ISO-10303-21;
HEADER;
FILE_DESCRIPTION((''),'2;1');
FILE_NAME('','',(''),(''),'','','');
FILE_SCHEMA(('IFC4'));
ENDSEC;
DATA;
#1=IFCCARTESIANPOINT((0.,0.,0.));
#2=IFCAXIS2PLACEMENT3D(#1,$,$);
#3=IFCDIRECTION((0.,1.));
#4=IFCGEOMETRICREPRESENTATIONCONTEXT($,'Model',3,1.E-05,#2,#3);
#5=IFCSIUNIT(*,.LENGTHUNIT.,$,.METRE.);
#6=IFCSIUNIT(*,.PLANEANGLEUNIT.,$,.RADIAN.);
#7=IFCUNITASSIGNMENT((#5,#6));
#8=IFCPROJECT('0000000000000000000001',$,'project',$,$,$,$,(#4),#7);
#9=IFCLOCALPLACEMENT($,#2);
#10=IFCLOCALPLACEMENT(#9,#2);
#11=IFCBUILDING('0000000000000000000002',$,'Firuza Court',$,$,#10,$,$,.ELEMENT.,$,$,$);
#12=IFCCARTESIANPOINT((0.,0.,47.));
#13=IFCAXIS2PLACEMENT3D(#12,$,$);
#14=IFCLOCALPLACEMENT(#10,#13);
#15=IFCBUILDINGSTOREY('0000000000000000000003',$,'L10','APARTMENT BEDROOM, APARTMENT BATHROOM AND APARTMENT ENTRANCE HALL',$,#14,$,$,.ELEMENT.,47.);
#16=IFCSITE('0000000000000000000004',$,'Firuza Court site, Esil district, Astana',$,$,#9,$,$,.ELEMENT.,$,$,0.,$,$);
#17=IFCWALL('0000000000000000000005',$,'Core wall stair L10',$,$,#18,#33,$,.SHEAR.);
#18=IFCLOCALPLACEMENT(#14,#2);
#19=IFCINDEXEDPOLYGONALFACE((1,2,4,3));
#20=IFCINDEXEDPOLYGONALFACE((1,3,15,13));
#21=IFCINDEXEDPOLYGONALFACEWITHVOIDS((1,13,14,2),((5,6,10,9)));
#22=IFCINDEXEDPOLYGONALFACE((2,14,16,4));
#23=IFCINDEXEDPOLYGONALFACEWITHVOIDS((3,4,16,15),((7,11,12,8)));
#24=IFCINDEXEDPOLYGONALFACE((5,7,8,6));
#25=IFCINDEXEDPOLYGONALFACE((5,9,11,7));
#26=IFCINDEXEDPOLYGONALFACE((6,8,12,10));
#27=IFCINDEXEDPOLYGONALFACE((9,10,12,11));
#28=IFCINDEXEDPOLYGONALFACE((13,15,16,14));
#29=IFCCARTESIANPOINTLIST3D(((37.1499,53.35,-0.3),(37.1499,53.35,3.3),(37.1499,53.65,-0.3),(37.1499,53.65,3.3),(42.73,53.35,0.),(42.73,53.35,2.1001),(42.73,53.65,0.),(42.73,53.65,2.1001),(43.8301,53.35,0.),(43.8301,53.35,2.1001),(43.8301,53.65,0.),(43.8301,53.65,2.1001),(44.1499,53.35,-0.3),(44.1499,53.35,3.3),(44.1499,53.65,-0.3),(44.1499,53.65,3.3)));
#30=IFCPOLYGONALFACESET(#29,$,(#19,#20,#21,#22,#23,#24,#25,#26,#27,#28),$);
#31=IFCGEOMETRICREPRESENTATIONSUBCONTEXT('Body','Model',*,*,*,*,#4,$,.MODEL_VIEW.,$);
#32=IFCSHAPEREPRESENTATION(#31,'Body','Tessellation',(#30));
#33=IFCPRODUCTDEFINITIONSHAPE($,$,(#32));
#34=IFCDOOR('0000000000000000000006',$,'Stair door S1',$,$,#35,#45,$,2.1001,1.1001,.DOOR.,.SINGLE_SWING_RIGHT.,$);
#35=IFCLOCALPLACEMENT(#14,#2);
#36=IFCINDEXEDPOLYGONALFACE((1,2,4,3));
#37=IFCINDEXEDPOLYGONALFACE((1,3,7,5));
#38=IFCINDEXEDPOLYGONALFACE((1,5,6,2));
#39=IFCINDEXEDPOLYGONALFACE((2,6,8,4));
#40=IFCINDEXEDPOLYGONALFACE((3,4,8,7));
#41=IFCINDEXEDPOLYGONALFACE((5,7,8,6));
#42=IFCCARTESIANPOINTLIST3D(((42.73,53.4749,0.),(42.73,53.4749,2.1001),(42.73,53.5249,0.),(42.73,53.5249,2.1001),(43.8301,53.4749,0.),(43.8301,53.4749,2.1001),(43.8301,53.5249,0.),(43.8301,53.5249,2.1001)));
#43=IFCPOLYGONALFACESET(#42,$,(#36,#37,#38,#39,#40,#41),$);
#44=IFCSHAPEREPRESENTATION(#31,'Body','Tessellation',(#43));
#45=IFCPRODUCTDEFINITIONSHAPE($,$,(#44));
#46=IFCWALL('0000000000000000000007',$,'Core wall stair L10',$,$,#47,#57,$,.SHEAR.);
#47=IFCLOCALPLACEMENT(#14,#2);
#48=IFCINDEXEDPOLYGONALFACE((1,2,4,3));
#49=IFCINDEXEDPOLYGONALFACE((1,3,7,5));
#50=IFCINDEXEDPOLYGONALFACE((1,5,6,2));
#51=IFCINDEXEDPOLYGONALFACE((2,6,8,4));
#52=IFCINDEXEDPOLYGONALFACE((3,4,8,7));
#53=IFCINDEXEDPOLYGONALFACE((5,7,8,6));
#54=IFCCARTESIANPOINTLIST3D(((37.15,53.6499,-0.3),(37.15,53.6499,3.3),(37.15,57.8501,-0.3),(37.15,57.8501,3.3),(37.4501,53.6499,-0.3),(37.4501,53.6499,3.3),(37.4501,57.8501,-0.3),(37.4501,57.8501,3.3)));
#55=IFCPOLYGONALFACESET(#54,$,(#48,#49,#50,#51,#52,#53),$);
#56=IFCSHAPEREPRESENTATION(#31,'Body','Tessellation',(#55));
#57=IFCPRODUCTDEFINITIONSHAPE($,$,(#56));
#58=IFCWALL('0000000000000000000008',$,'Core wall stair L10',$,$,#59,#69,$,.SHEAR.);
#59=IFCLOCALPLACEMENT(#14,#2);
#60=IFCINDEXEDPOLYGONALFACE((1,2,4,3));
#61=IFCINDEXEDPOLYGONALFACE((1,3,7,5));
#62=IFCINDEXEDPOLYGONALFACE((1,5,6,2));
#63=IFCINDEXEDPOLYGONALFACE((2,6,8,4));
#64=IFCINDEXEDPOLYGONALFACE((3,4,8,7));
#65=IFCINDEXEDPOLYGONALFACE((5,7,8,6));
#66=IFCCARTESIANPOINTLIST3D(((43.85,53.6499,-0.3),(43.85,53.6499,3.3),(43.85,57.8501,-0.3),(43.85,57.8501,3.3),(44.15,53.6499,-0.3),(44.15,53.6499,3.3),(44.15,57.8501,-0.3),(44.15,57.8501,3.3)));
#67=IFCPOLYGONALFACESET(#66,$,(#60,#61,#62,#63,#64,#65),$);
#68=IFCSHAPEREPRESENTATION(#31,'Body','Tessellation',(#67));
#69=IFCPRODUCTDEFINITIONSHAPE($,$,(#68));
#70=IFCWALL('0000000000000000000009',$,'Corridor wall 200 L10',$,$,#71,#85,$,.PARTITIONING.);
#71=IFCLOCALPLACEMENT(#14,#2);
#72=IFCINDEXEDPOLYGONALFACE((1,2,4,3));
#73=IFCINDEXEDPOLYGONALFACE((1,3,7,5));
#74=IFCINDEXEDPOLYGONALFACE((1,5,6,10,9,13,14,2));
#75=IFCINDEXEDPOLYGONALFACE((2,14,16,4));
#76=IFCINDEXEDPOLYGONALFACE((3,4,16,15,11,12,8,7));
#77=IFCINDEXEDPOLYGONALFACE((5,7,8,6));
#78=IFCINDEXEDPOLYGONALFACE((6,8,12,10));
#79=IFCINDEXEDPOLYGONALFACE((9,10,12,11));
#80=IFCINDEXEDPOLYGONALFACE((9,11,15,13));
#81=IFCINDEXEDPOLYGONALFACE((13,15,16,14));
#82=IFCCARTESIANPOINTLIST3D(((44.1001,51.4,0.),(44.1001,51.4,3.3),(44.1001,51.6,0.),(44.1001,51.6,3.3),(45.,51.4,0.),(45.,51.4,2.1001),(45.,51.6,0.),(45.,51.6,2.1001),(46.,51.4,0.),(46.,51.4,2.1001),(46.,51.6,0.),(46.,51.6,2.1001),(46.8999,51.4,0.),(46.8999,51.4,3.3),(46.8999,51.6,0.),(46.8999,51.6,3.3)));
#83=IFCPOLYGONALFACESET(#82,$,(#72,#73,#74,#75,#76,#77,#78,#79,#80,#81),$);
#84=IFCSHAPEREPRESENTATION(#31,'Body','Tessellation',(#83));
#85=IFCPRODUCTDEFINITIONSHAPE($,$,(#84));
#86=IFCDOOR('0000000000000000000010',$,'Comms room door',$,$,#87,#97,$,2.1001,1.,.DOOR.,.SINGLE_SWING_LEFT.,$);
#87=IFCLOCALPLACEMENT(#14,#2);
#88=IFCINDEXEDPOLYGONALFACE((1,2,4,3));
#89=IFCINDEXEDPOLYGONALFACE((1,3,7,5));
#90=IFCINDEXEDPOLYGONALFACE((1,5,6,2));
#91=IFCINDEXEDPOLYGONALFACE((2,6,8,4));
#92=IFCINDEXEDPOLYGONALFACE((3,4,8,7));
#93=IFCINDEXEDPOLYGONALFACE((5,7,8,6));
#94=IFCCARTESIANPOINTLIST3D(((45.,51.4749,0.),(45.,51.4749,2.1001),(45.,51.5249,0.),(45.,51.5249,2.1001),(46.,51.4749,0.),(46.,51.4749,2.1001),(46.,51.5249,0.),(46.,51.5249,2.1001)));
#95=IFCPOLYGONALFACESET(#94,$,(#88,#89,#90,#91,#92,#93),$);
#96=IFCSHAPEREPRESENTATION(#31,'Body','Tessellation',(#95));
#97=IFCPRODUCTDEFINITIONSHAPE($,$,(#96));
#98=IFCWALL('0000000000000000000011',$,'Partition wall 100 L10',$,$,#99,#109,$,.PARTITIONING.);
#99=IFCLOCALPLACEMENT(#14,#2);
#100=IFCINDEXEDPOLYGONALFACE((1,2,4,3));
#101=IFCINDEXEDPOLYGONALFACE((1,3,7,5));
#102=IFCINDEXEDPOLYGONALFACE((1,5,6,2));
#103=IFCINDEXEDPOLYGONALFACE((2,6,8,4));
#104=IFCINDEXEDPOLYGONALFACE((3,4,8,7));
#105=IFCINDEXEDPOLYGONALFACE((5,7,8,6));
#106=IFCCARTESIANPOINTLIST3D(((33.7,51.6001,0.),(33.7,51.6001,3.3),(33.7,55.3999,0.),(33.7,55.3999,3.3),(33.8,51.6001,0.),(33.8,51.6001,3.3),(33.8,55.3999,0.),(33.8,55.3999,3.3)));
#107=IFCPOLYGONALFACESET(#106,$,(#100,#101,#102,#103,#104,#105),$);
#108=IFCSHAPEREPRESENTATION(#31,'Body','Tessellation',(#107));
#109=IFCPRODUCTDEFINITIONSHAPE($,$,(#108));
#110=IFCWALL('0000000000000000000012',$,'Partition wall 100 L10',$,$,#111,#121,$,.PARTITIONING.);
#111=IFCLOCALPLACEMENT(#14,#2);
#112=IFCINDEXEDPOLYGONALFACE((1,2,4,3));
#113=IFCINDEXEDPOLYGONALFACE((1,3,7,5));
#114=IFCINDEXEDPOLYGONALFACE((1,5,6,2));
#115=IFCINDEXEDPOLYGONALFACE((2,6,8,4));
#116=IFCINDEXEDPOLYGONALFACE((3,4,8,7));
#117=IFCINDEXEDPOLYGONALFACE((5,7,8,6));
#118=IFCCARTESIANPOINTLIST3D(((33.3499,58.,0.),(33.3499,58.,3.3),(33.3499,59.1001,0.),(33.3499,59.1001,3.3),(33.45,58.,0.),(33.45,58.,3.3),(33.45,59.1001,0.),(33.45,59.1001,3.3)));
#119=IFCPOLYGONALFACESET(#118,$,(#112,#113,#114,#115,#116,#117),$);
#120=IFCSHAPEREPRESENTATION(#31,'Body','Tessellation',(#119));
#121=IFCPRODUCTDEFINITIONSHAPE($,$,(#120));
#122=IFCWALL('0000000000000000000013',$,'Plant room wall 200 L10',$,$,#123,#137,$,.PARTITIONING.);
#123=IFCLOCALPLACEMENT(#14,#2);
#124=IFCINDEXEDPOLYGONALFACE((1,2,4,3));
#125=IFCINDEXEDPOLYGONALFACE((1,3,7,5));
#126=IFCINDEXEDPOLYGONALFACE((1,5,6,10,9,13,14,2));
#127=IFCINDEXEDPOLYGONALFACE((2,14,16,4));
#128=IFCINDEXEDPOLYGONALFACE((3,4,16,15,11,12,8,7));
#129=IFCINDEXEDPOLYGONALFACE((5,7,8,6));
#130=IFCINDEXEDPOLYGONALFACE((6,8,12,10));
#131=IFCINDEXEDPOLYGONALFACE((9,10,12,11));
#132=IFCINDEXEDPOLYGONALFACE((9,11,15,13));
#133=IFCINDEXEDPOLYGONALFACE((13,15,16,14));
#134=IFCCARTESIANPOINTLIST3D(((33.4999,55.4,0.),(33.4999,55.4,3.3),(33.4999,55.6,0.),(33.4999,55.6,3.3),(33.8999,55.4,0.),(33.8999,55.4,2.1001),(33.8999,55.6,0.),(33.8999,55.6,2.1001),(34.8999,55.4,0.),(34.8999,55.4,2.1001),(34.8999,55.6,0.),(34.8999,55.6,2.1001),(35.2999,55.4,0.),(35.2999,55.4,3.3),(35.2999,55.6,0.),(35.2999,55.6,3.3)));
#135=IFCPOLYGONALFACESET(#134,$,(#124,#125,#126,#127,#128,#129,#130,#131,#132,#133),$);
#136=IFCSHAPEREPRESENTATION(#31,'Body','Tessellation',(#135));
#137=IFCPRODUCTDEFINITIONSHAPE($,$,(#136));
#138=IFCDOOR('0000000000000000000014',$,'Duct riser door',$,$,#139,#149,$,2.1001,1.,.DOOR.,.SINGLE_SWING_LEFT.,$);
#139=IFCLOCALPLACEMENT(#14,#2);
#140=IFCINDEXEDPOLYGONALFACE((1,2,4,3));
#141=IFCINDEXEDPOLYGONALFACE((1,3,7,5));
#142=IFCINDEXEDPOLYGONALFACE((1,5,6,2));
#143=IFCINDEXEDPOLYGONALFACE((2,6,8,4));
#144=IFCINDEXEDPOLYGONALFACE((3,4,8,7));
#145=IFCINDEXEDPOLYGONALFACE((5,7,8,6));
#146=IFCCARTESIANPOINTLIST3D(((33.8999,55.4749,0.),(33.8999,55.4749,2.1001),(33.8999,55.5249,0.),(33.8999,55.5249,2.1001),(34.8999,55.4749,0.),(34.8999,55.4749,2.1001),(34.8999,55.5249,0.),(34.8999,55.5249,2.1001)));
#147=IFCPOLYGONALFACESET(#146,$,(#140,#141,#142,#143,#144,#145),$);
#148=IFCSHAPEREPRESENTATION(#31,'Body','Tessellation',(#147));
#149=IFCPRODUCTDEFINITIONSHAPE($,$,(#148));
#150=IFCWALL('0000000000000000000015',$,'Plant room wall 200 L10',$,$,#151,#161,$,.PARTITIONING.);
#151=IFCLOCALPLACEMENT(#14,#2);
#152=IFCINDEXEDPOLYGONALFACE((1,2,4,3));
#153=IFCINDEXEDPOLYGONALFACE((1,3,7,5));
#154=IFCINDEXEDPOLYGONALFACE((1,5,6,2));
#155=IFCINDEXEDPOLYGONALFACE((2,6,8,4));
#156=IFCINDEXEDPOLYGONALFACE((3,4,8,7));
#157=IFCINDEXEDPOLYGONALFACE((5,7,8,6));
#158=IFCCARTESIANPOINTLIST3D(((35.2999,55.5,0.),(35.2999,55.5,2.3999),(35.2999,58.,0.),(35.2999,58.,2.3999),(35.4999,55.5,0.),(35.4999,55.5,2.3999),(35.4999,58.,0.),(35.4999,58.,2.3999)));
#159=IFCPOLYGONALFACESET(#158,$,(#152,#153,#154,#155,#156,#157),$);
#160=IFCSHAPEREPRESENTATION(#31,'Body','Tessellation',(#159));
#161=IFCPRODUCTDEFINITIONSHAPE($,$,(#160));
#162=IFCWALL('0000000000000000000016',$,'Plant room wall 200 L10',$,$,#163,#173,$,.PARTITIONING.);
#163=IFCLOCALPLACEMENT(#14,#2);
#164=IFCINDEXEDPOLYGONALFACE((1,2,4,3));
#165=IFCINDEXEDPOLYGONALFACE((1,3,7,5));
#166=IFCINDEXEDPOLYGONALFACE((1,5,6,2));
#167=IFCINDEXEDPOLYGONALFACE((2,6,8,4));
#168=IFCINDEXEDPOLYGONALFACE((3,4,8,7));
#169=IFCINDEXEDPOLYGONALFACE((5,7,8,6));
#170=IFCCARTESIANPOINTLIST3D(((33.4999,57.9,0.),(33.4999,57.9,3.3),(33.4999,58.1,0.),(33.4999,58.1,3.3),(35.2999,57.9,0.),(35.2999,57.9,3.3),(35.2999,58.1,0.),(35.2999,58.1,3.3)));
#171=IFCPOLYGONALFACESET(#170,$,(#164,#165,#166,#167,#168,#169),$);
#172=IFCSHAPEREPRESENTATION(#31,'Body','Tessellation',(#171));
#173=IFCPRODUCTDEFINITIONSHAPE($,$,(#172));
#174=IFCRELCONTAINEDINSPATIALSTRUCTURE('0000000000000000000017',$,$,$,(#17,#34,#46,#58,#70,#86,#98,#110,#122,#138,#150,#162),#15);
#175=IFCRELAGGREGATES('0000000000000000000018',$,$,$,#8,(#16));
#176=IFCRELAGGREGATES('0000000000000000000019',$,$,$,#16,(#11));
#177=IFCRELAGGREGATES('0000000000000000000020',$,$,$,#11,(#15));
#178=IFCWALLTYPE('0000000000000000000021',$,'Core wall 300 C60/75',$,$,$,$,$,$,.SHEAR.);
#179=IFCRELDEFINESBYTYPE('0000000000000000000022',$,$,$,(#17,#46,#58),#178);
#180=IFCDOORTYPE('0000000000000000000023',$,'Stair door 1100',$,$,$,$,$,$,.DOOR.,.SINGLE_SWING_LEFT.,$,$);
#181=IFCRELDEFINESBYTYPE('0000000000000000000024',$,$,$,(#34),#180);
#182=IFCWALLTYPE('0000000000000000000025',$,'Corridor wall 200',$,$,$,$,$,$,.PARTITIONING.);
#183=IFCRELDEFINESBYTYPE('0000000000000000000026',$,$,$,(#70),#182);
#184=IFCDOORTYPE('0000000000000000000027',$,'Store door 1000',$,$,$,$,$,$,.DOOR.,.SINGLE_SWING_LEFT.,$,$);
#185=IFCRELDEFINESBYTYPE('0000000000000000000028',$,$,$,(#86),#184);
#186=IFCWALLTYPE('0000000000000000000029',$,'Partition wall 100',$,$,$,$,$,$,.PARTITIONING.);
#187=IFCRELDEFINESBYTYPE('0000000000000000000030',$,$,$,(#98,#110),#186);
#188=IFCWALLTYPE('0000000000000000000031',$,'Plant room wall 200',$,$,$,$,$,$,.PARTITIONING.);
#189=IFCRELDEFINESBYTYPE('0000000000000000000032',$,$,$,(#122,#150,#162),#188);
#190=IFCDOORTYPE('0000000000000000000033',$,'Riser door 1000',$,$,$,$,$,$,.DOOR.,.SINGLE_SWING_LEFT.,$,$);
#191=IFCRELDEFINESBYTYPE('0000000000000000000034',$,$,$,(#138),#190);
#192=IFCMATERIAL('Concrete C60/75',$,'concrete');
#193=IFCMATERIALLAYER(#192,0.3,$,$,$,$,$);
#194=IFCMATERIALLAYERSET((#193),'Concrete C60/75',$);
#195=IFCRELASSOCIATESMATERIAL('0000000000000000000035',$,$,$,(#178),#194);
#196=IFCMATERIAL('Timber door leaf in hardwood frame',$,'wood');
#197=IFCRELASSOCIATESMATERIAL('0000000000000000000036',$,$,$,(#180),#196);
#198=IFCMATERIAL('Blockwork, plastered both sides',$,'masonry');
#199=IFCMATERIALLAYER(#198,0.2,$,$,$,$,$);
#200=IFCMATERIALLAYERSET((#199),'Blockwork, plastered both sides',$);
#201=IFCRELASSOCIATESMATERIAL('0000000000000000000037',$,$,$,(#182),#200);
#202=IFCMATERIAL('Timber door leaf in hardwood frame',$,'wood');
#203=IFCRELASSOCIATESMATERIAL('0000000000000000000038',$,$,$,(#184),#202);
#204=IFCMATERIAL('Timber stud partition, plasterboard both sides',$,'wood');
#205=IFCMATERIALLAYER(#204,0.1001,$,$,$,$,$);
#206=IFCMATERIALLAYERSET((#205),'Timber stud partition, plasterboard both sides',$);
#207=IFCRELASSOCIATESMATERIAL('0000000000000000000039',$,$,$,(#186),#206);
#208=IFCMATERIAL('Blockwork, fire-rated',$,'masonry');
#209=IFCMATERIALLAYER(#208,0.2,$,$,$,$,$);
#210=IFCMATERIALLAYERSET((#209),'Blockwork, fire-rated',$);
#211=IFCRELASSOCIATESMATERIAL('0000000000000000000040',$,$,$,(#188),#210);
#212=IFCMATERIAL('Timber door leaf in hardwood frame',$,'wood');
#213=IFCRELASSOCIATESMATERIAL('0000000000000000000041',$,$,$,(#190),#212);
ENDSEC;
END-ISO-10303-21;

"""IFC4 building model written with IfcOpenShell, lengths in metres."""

from ifc_helpers import new_model, si_unit, direction, frame, frame_2d, origin, place, context, subcontext, project, spatial, rectangle, extrude, material, layer, layer_set, type_object, element, fill, save


model = new_model("IFC4")

# Units and contexts
model_context = context("Model", 3, precision=1e-05, world=origin(), true_north=direction((0.0, 1.0)))
body_context = subcontext(model_context, "Body", "Model", "MODEL_VIEW")
ifc_project = project(units=[si_unit("LENGTHUNIT", "METRE"), si_unit("PLANEANGLEUNIT", "RADIAN")], contexts=[model_context])

# Site, building, storey
site_placement = place(None, origin())
site = spatial("IfcSite", under=ifc_project, at=site_placement, Name="Firuza Court site, Esil district, Astana", CompositionType="ELEMENT", RefElevation=0.0)
building_placement = place(site_placement, origin())
building = spatial("IfcBuilding", under=site, at=building_placement, Name="Firuza Court", CompositionType="ELEMENT")
storey_placement = place(building_placement, frame((0.0, 0.0, 47.0)))
storey = spatial("IfcBuildingStorey", under=building, at=storey_placement, Name="L10", Description="APARTMENT BEDROOM, APARTMENT BATHROOM AND APARTMENT ENTRANCE HALL", CompositionType="ELEMENT", Elevation=47.0)

# Shared definitions
ifc_material_1 = material(Name="Concrete C60/75", Category="concrete")
ifc_layer_1 = layer(ifc_material_1, 0.3)
ifc_layer_set_1 = layer_set([ifc_layer_1], Name="Concrete C60/75")
wall_type_1 = type_object("IfcWallType", Name="Core wall 300 C60/75", PredefinedType="SHEAR", material=ifc_layer_set_1)

# Wall, opening, door
wall_1_placement = place(storey_placement, frame((37.1499, 53.5, -0.3), z_axis=(0.0, 0.0, 1.0), x_axis=(1.0, 0.0, 0.0)))
wall_1 = element("IfcWall", 1, at=wall_1_placement, inside=storey, type_object=wall_type_1, Name="Core wall stair L10", PredefinedType="SHEAR", context=body_context, shape_type="SweptSolid", body=[
    extrude(rectangle(XDim=7.0, YDim=0.3, at=frame_2d((3.5, 0.0))), origin(), (0.0, 0.0, 1.0), 3.6001),
])
opening_1_placement = place(wall_1_placement, frame((5.5801, 0.0, 0.3)))
opening_1 = element("IfcOpeningElement", 2, at=opening_1_placement, cuts=wall_1, PredefinedType="OPENING", context=body_context, shape_type="SweptSolid", body=[
    extrude(rectangle(XDim=1.1001, YDim=2.1001, at=frame_2d((0.55, 1.05))), frame((0.0, 0.1621, 0.0), z_axis=(0.0, -1.0, 0.0), x_axis=(1.0, 0.0, 0.0)), (0.0, 0.0, 1.0), 0.324),
])
ifc_material_2 = material(Name="Timber door leaf in hardwood frame", Category="wood")
door_type_1 = type_object("IfcDoorType", Name="Stair door 1100", OperationType="SINGLE_SWING_LEFT", PredefinedType="DOOR", material=ifc_material_2)
door_1_placement = place(opening_1_placement, origin())
door_1 = element("IfcDoor", 3, at=door_1_placement, inside=storey, type_object=door_type_1, Name="Stair door S1", OperationType="SINGLE_SWING_RIGHT", OverallHeight=2.1001, OverallWidth=1.1001, PredefinedType="DOOR", context=body_context, shape_type="SweptSolid", body=[
    extrude(rectangle(XDim=1.1001, YDim=2.1001, at=frame_2d((0.55, 1.05))), frame((0.0, 0.0249, 0.0), z_axis=(0.0, -1.0, 0.0), x_axis=(1.0, 0.0, 0.0)), (0.0, 0.0, 1.0), 0.05),
])
fill(opening_1, door_1)

# Walls
for number, where, z_axis, x_axis, name in (
    (4, (37.3, 53.6499, -0.3), (0.0, 0.0, 1.0), (0.0, 1.0, 0.0), "Core wall stair L10"),
    (5, (44.0, 53.6499, -0.3), (0.0, 0.0, 1.0), (0.0, 1.0, 0.0), "Core wall stair L10"),
):
    element("IfcWall", number, at=place(storey_placement, frame(where, z_axis=z_axis, x_axis=x_axis)), inside=storey, type_object=wall_type_1, Name=name, PredefinedType="SHEAR", context=body_context, shape_type="SweptSolid", body=[
        extrude(rectangle(XDim=4.2002, YDim=0.3, at=frame_2d((2.1001, 0.0))), origin(), (0.0, 0.0, 1.0), 3.6001),
    ])

# Wall, opening, door
ifc_material_3 = material(Name="Blockwork, plastered both sides", Category="masonry")
ifc_layer_2 = layer(ifc_material_3, 0.2)
ifc_layer_set_2 = layer_set([ifc_layer_2], Name="Blockwork, plastered both sides")
wall_type_2 = type_object("IfcWallType", Name="Corridor wall 200", PredefinedType="PARTITIONING", material=ifc_layer_set_2)
wall_2_placement = place(storey_placement, frame((44.1001, 51.5, 0.0), z_axis=(0.0, 0.0, 1.0), x_axis=(1.0, 0.0, 0.0)))
wall_2 = element("IfcWall", 6, at=wall_2_placement, inside=storey, type_object=wall_type_2, Name="Corridor wall 200 L10", PredefinedType="PARTITIONING", context=body_context, shape_type="SweptSolid", body=[
    extrude(rectangle(XDim=2.7998, YDim=0.2, at=frame_2d((1.3999, 0.0))), origin(), (0.0, 0.0, 1.0), 3.3),
])
opening_2_placement = place(wall_2_placement, frame((0.8999, 0.0, 0.0)))
opening_2 = element("IfcOpeningElement", 7, at=opening_2_placement, cuts=wall_2, PredefinedType="OPENING", context=body_context, shape_type="SweptSolid", body=[
    extrude(rectangle(XDim=1.0, YDim=2.1001, at=frame_2d((0.5, 1.05))), frame((0.0, 0.1118, 0.0), z_axis=(0.0, -1.0, 0.0), x_axis=(1.0, 0.0, 0.0)), (0.0, 0.0, 1.0), 0.2239),
])
ifc_material_4 = material(Name="Timber door leaf in hardwood frame", Category="wood")
door_type_2 = type_object("IfcDoorType", Name="Store door 1000", OperationType="SINGLE_SWING_LEFT", PredefinedType="DOOR", material=ifc_material_4)
door_2_placement = place(opening_2_placement, origin())
door_2 = element("IfcDoor", 8, at=door_2_placement, inside=storey, type_object=door_type_2, Name="Comms room door", OperationType="SINGLE_SWING_LEFT", OverallHeight=2.1001, OverallWidth=1.0, PredefinedType="DOOR", context=body_context, shape_type="SweptSolid", body=[
    extrude(rectangle(XDim=1.0, YDim=2.1001, at=frame_2d((0.5, 1.05))), frame((0.0, 0.0249, 0.0), z_axis=(0.0, -1.0, 0.0), x_axis=(1.0, 0.0, 0.0)), (0.0, 0.0, 1.0), 0.05),
])
fill(opening_2, door_2)

# Walls
ifc_material_5 = material(Name="Timber stud partition, plasterboard both sides", Category="wood")
ifc_layer_3 = layer(ifc_material_5, 0.1001)
ifc_layer_set_3 = layer_set([ifc_layer_3], Name="Timber stud partition, plasterboard both sides")
wall_type_3 = type_object("IfcWallType", Name="Partition wall 100", PredefinedType="PARTITIONING", material=ifc_layer_set_3)
wall_3_placement = place(storey_placement, frame((33.75, 51.6001, 0.0), z_axis=(0.0, 0.0, 1.0), x_axis=(0.0, 1.0, 0.0)))
element("IfcWall", 9, at=wall_3_placement, inside=storey, type_object=wall_type_3, Name="Partition wall 100 L10", PredefinedType="PARTITIONING", context=body_context, shape_type="SweptSolid", body=[
    extrude(rectangle(XDim=3.7998, YDim=0.1001, at=frame_2d((1.8999, 0.0))), origin(), (0.0, 0.0, 1.0), 3.3),
])
wall_4_placement = place(storey_placement, frame((33.3999, 58.0, 0.0), z_axis=(0.0, 0.0, 1.0), x_axis=(0.0, 1.0, 0.0)))
element("IfcWall", 10, at=wall_4_placement, inside=storey, type_object=wall_type_3, Name="Partition wall 100 L10", PredefinedType="PARTITIONING", context=body_context, shape_type="SweptSolid", body=[
    extrude(rectangle(XDim=1.1001, YDim=0.1001, at=frame_2d((0.55, 0.0))), origin(), (0.0, 0.0, 1.0), 3.3),
])

# Wall, opening, door
ifc_material_6 = material(Name="Blockwork, fire-rated", Category="masonry")
ifc_layer_4 = layer(ifc_material_6, 0.2)
ifc_layer_set_4 = layer_set([ifc_layer_4], Name="Blockwork, fire-rated")
wall_type_4 = type_object("IfcWallType", Name="Plant room wall 200", PredefinedType="PARTITIONING", material=ifc_layer_set_4)
wall_5_placement = place(storey_placement, frame((33.5, 55.5, 0.0), z_axis=(0.0, 0.0, 1.0), x_axis=(1.0, 0.0, 0.0)))
wall_5 = element("IfcWall", 11, at=wall_5_placement, inside=storey, type_object=wall_type_4, Name="Plant room wall 200 L10", PredefinedType="PARTITIONING", context=body_context, shape_type="SweptSolid", body=[
    extrude(rectangle(XDim=1.8, YDim=0.2, at=frame_2d((0.8999, 0.0))), origin(), (0.0, 0.0, 1.0), 3.3),
])
opening_3_placement = place(wall_5_placement, frame((0.3999, 0.0, 0.0)))
opening_3 = element("IfcOpeningElement", 12, at=opening_3_placement, cuts=wall_5, PredefinedType="OPENING", context=body_context, shape_type="SweptSolid", body=[
    extrude(rectangle(XDim=1.0, YDim=2.1001, at=frame_2d((0.5, 1.05))), frame((0.0, 0.1118, 0.0), z_axis=(0.0, -1.0, 0.0), x_axis=(1.0, 0.0, 0.0)), (0.0, 0.0, 1.0), 0.2239),
])
ifc_material_7 = material(Name="Timber door leaf in hardwood frame", Category="wood")
door_type_3 = type_object("IfcDoorType", Name="Riser door 1000", OperationType="SINGLE_SWING_LEFT", PredefinedType="DOOR", material=ifc_material_7)
door_3_placement = place(opening_3_placement, origin())
door_3 = element("IfcDoor", 13, at=door_3_placement, inside=storey, type_object=door_type_3, Name="Duct riser door", OperationType="SINGLE_SWING_LEFT", OverallHeight=2.1001, OverallWidth=1.0, PredefinedType="DOOR", context=body_context, shape_type="SweptSolid", body=[
    extrude(rectangle(XDim=1.0, YDim=2.1001, at=frame_2d((0.5, 1.05))), frame((0.0, 0.0249, 0.0), z_axis=(0.0, -1.0, 0.0), x_axis=(1.0, 0.0, 0.0)), (0.0, 0.0, 1.0), 0.05),
])
fill(opening_3, door_3)

# Walls
wall_6_placement = place(storey_placement, frame((35.3999, 55.5, 0.0), z_axis=(0.0, 0.0, 1.0), x_axis=(0.0, 1.0, 0.0)))
element("IfcWall", 14, at=wall_6_placement, inside=storey, type_object=wall_type_4, Name="Plant room wall 200 L10", PredefinedType="PARTITIONING", context=body_context, shape_type="SweptSolid", body=[
    extrude(rectangle(XDim=2.5, YDim=0.2, at=frame_2d((1.25, 0.0))), origin(), (0.0, 0.0, 1.0), 2.3999),
])
wall_7_placement = place(storey_placement, frame((33.5, 58.0, 0.0), z_axis=(0.0, 0.0, 1.0), x_axis=(1.0, 0.0, 0.0)))
element("IfcWall", 15, at=wall_7_placement, inside=storey, type_object=wall_type_4, Name="Plant room wall 200 L10", PredefinedType="PARTITIONING", context=body_context, shape_type="SweptSolid", body=[
    extrude(rectangle(XDim=1.8, YDim=0.2, at=frame_2d((0.8999, 0.0))), origin(), (0.0, 0.0, 1.0), 3.3),
])

save(model, "model.ifc")
